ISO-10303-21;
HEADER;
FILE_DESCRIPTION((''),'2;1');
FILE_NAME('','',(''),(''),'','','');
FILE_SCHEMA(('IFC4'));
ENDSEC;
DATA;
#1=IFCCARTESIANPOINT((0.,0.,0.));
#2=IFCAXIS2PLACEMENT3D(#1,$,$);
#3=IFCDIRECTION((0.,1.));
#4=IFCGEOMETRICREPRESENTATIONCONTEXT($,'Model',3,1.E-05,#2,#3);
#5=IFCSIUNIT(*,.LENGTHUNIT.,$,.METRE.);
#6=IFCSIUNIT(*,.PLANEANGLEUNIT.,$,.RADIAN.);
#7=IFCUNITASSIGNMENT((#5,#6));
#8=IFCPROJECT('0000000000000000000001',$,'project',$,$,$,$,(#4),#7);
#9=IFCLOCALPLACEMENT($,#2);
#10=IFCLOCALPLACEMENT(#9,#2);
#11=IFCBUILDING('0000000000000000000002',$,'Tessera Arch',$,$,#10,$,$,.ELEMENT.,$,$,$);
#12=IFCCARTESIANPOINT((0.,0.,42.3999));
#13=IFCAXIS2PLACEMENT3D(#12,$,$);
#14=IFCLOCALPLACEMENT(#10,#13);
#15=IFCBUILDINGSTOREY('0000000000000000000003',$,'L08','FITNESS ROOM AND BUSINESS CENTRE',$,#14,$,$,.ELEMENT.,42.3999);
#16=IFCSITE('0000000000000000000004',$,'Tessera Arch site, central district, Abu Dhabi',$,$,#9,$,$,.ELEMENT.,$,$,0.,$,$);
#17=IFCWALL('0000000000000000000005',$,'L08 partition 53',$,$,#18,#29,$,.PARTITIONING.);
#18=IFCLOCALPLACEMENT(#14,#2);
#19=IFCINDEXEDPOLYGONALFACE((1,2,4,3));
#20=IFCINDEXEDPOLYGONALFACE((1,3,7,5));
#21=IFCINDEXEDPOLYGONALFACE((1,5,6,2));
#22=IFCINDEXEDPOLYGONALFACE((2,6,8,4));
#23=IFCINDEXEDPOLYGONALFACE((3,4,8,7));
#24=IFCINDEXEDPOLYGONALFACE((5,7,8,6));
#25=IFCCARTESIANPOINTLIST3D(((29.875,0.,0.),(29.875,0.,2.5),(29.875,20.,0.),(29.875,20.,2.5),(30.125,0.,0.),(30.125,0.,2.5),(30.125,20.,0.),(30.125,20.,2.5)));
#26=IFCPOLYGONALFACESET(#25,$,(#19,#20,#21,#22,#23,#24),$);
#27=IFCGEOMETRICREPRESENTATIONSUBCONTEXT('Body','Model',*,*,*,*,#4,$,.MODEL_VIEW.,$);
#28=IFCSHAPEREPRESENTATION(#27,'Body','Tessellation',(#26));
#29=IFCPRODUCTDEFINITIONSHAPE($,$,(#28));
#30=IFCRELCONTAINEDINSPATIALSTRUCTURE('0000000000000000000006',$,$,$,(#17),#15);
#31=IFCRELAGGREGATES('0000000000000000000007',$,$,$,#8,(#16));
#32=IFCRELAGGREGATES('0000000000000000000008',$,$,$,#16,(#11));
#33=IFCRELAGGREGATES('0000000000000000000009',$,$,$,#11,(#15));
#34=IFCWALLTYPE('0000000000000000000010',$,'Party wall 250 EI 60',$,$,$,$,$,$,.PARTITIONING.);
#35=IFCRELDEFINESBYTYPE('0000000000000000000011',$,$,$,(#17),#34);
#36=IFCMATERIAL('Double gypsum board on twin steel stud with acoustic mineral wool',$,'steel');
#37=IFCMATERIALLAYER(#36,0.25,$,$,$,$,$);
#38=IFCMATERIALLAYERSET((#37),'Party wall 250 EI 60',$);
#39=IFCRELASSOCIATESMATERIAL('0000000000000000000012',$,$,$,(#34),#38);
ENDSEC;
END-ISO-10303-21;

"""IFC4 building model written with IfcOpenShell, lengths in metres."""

from ifc_helpers import new_model, si_unit, direction, frame, frame_2d, origin, place, context, subcontext, project, spatial, rectangle, extrude, material, layer, layer_set, type_object, element, save


model = new_model("IFC4")

# Units and contexts
model_context = context("Model", 3, precision=1e-05, world=origin(), true_north=direction((0.0, 1.0)))
body_context = subcontext(model_context, "Body", "Model", "MODEL_VIEW")
ifc_project = project(units=[si_unit("LENGTHUNIT", "METRE"), si_unit("PLANEANGLEUNIT", "RADIAN")], contexts=[model_context])

# Site, building, storey
site_placement = place(None, origin())
site = spatial("IfcSite", under=ifc_project, at=site_placement, Name="Tessera Arch site, central district, Abu Dhabi", CompositionType="ELEMENT", RefElevation=0.0)
building_placement = place(site_placement, origin())
building = spatial("IfcBuilding", under=site, at=building_placement, Name="Tessera Arch", CompositionType="ELEMENT")
storey_placement = place(building_placement, frame((0.0, 0.0, 42.3999)))
storey = spatial("IfcBuildingStorey", under=building, at=storey_placement, Name="L08", Description="FITNESS ROOM AND BUSINESS CENTRE", CompositionType="ELEMENT", Elevation=42.3999)

# Wall
ifc_material_1 = material(Name="Double gypsum board on twin steel stud with acoustic mineral wool", Category="steel")
ifc_layer_1 = layer(ifc_material_1, 0.25)
ifc_layer_set_1 = layer_set([ifc_layer_1], Name="Party wall 250 EI 60")
wall_type = type_object("IfcWallType", Name="Party wall 250 EI 60", PredefinedType="PARTITIONING", material=ifc_layer_set_1)
wall_placement = place(storey_placement, frame((30.0, 0.0, 0.0), z_axis=(0.0, 0.0, 1.0), x_axis=(0.0, 1.0, 0.0)))
element("IfcWall", 1, at=wall_placement, inside=storey, type_object=wall_type, Name="L08 partition 53", PredefinedType="PARTITIONING", context=body_context, shape_type="SweptSolid", body=[
    extrude(rectangle(XDim=20.0, YDim=0.25, at=frame_2d((10.0, 0.0))), origin(), (0.0, 0.0, 1.0), 2.5),
])

save(model, "model.ifc")
